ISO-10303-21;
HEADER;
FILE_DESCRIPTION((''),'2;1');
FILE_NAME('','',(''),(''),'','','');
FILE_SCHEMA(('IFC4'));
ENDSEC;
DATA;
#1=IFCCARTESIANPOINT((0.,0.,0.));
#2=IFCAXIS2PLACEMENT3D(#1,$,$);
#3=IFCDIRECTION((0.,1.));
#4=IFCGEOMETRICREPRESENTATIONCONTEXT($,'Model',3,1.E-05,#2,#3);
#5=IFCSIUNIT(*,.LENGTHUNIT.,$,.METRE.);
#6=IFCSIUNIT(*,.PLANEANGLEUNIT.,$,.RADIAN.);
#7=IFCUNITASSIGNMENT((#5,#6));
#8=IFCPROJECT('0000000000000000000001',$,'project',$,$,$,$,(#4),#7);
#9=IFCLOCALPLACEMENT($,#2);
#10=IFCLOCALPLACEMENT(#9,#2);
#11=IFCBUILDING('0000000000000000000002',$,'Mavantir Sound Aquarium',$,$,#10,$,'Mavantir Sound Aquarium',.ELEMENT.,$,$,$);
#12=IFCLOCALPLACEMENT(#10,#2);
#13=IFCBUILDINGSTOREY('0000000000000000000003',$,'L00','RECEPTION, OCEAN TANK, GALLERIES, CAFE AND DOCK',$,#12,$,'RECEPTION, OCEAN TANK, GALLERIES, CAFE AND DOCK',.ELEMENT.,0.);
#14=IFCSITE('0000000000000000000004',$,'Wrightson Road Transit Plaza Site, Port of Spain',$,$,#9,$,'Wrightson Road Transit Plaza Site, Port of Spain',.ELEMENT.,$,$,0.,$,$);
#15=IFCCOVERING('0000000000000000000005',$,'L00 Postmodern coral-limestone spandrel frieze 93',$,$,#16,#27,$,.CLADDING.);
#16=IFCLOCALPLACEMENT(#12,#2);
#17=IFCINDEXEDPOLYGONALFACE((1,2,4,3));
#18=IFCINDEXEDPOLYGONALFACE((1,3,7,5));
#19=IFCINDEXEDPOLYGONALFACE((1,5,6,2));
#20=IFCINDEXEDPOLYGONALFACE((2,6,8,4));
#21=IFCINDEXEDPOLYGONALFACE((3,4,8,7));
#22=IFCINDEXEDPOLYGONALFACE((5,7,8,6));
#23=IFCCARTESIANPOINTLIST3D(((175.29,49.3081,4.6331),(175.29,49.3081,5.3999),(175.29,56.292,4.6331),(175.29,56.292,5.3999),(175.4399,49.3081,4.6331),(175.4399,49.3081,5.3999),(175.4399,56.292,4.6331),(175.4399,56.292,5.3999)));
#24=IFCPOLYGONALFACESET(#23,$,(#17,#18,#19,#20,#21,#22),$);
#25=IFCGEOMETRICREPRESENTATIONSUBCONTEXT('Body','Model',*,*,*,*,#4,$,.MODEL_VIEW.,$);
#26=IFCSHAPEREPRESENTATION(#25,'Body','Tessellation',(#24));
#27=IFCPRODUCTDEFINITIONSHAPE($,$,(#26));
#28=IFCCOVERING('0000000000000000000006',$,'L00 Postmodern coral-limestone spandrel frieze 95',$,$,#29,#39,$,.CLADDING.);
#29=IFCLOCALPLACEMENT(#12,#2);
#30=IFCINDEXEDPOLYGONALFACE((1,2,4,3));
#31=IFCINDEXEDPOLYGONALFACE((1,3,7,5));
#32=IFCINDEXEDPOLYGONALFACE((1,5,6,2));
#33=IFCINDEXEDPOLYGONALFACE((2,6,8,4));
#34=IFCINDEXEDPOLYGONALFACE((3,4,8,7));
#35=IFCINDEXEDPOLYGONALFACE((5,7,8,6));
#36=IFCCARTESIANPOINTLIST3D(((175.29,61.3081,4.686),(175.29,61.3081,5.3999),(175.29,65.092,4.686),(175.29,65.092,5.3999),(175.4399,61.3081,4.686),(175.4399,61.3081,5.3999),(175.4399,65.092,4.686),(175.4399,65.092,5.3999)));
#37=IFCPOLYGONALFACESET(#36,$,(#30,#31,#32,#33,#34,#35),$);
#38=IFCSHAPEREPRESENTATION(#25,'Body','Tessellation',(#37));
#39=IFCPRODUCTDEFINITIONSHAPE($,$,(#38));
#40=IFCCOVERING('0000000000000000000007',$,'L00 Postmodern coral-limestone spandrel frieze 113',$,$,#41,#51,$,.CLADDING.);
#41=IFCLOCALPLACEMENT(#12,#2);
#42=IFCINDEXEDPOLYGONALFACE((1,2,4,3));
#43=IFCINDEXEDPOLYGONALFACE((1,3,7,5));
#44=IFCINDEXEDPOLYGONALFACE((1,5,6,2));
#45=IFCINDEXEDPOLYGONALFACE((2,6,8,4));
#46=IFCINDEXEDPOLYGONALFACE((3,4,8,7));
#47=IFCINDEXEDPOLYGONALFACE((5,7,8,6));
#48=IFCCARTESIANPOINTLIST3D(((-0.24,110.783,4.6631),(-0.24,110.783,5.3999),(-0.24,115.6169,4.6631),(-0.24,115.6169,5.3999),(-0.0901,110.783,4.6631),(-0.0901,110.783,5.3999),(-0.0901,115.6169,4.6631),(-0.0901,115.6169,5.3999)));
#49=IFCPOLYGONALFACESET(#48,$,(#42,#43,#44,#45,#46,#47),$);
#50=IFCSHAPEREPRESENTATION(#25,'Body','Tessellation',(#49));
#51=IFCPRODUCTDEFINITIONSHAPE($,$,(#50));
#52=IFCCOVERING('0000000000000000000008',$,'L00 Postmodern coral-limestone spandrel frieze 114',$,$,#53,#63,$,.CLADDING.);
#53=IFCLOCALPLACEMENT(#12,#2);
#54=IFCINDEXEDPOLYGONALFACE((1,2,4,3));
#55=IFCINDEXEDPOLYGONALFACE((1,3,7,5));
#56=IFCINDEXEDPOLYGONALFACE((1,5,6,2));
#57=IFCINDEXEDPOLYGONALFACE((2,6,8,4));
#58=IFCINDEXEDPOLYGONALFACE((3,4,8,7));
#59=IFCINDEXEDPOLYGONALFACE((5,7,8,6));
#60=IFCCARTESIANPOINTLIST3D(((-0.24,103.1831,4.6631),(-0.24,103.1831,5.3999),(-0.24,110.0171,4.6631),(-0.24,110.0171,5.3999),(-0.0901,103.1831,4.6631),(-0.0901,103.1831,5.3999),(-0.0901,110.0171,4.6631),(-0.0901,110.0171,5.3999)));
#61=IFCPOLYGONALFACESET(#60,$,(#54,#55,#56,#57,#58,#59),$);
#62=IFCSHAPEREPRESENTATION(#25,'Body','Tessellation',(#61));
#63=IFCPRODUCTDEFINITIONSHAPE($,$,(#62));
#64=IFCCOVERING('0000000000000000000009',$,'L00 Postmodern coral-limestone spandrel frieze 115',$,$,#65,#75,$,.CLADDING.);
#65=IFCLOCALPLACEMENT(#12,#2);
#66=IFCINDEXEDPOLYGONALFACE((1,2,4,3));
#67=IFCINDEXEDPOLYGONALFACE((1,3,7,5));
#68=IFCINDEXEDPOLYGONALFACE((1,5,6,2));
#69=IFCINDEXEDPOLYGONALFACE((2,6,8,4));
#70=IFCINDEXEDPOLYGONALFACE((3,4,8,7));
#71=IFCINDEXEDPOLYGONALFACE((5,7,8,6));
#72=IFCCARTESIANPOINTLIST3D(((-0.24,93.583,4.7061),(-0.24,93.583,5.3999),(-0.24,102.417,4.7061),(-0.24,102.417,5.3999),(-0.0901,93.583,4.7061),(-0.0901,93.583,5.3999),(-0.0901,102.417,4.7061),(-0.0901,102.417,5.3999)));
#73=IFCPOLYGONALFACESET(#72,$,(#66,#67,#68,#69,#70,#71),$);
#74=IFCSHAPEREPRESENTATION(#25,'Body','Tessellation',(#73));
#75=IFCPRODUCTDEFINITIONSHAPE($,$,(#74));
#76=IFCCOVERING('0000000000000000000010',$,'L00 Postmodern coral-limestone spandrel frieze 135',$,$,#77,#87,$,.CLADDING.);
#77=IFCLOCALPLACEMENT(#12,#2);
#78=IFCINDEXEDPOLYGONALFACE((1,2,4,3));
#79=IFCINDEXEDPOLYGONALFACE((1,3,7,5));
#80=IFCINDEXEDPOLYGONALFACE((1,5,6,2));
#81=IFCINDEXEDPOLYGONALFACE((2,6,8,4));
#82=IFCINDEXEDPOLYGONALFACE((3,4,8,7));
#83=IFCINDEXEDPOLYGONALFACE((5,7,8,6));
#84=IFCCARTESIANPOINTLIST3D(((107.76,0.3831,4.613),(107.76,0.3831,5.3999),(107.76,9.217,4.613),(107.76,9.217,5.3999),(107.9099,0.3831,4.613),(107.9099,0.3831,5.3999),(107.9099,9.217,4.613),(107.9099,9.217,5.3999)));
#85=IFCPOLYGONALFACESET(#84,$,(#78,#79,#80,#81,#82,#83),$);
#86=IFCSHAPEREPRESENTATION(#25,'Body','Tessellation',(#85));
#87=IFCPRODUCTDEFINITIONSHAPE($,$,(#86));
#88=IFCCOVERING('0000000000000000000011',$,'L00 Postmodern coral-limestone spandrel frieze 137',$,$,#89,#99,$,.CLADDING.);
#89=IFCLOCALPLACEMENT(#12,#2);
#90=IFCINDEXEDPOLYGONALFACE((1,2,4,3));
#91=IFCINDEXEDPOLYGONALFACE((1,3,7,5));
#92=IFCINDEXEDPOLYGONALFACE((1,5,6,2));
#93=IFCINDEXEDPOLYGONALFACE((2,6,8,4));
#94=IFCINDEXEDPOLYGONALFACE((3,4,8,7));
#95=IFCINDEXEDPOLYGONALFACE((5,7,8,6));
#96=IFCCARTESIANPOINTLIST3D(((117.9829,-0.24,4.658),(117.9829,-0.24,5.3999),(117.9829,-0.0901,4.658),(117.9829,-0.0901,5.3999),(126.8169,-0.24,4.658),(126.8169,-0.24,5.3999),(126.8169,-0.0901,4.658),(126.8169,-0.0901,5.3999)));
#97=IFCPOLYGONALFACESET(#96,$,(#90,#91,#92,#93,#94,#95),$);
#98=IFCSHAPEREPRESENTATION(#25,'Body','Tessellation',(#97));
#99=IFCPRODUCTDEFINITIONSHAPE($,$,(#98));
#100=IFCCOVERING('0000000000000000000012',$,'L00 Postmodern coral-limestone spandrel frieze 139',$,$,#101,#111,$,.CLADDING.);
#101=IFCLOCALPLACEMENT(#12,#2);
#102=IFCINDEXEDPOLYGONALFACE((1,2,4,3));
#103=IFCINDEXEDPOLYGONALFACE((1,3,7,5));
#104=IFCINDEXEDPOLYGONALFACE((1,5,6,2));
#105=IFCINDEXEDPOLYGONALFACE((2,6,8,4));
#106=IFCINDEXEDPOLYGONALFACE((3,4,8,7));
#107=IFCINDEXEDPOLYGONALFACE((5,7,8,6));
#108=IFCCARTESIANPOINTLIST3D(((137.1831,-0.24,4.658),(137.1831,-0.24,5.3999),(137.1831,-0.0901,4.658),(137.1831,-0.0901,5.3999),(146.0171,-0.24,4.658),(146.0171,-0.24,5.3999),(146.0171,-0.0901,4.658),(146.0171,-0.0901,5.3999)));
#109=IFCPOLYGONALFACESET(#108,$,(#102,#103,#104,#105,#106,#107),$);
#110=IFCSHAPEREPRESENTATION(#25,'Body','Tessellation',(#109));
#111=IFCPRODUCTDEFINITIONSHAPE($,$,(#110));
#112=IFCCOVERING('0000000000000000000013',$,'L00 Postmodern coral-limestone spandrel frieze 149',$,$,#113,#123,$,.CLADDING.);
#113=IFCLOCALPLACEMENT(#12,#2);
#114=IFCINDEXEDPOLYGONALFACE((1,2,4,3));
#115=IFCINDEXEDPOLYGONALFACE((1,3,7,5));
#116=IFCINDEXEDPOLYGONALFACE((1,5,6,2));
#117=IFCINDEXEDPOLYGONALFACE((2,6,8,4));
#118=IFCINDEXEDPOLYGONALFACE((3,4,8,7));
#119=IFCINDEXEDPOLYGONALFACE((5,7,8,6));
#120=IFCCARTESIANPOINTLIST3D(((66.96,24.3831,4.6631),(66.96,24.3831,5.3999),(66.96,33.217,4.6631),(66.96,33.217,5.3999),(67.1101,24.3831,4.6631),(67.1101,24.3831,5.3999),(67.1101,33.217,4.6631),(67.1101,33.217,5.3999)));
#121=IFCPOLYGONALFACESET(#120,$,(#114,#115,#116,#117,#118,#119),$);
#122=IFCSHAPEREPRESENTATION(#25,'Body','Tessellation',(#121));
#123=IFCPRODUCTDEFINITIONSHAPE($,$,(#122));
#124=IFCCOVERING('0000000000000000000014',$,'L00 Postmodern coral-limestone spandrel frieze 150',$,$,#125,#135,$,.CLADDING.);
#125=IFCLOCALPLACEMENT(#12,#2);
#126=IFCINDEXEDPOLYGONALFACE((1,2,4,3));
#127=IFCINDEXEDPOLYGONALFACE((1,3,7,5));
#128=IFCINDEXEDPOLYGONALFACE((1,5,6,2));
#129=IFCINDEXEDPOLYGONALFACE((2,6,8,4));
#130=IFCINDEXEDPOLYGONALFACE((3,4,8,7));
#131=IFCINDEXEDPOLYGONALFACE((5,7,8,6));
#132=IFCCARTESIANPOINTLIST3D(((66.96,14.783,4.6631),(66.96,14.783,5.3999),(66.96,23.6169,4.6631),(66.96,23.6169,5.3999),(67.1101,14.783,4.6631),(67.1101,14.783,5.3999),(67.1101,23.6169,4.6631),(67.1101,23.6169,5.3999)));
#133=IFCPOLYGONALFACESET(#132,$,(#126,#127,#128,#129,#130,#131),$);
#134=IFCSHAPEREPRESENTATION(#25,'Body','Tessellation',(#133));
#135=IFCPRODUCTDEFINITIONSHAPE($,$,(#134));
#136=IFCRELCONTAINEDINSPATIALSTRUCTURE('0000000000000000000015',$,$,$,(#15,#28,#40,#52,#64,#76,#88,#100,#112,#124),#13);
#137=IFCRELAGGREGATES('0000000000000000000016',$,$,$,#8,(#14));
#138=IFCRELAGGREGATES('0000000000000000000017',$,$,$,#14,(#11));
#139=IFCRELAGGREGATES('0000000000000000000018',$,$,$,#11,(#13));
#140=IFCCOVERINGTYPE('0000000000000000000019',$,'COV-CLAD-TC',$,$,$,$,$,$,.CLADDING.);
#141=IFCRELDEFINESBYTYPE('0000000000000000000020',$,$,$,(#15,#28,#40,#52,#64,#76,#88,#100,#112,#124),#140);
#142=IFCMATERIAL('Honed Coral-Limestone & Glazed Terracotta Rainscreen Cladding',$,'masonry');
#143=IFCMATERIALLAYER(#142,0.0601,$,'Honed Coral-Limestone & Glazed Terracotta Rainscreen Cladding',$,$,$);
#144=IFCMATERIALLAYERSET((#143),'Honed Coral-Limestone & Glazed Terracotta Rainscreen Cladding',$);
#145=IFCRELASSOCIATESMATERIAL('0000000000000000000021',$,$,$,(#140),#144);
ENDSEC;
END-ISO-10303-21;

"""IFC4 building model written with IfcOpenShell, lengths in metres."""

from ifc_helpers import new_model, si_unit, direction, frame, origin, place, context, subcontext, project, spatial, polyline, outline, extrude, material, layer, layer_set, type_object, element, save


model = new_model("IFC4")

# Units and contexts
model_context = context("Model", 3, precision=1e-05, world=origin(), true_north=direction((0.0, 1.0)))
body_context = subcontext(model_context, "Body", "Model", "MODEL_VIEW")
ifc_project = project(units=[si_unit("LENGTHUNIT", "METRE"), si_unit("PLANEANGLEUNIT", "RADIAN")], contexts=[model_context])

# Site, building, storey
site_placement = place(None, origin())
site = spatial("IfcSite", under=ifc_project, at=site_placement, Name="Wrightson Road Transit Plaza Site, Port of Spain", LongName="Wrightson Road Transit Plaza Site, Port of Spain", CompositionType="ELEMENT", RefElevation=0.0)
building_placement = place(site_placement, origin())
building = spatial("IfcBuilding", under=site, at=building_placement, Name="Mavantir Sound Aquarium", LongName="Mavantir Sound Aquarium", CompositionType="ELEMENT")
storey_placement = place(building_placement, origin())
storey = spatial("IfcBuildingStorey", under=building, at=storey_placement, Name="L00", Description="RECEPTION, OCEAN TANK, GALLERIES, CAFE AND DOCK", LongName="RECEPTION, OCEAN TANK, GALLERIES, CAFE AND DOCK", CompositionType="ELEMENT", Elevation=0.0)

# Coverings
ifc_material = material(Name="Honed Coral-Limestone & Glazed Terracotta Rainscreen Cladding", Category="masonry")
ifc_layer = layer(ifc_material, 0.0601, Name="Honed Coral-Limestone & Glazed Terracotta Rainscreen Cladding")
ifc_layer_set = layer_set([ifc_layer], Name="Honed Coral-Limestone & Glazed Terracotta Rainscreen Cladding")
covering_type = type_object("IfcCoveringType", Name="COV-CLAD-TC", PredefinedType="CLADDING", material=ifc_layer_set)
covering_1_placement = place(storey_placement, frame((0.0, 0.0, 4.6331)))
element("IfcCovering", 1, at=covering_1_placement, inside=storey, type_object=covering_type, Name="L00 Postmodern coral-limestone spandrel frieze 93", PredefinedType="CLADDING", context=body_context, shape_type="SweptSolid", body=[
    extrude(outline(polyline([(175.29, 49.3081), (175.29, 56.292), (175.4399, 56.292), (175.4399, 49.3081), (175.29, 49.3081)])), origin(), (0.0, 0.0, 1.0), 0.7668),
])
covering_2_placement = place(storey_placement, frame((0.0, 0.0, 4.686)))
element("IfcCovering", 2, at=covering_2_placement, inside=storey, type_object=covering_type, Name="L00 Postmodern coral-limestone spandrel frieze 95", PredefinedType="CLADDING", context=body_context, shape_type="SweptSolid", body=[
    extrude(outline(polyline([(175.29, 61.3081), (175.29, 65.092), (175.4399, 65.092), (175.4399, 61.3081), (175.29, 61.3081)])), origin(), (0.0, 0.0, 1.0), 0.7139),
])
covering_3_placement = place(storey_placement, frame((0.0, 0.0, 4.6631)))
element("IfcCovering", 3, at=covering_3_placement, inside=storey, type_object=covering_type, Name="L00 Postmodern coral-limestone spandrel frieze 113", PredefinedType="CLADDING", context=body_context, shape_type="SweptSolid", body=[
    extrude(outline(polyline([(-0.0901, 115.6169), (-0.0901, 110.783), (-0.24, 110.783), (-0.24, 115.6169), (-0.0901, 115.6169)])), origin(), (0.0, 0.0, 1.0), 0.7368),
])
covering_4_placement = place(storey_placement, frame((0.0, 0.0, 4.6631)))
element("IfcCovering", 4, at=covering_4_placement, inside=storey, type_object=covering_type, Name="L00 Postmodern coral-limestone spandrel frieze 114", PredefinedType="CLADDING", context=body_context, shape_type="SweptSolid", body=[
    extrude(outline(polyline([(-0.0901, 110.0171), (-0.0901, 103.1831), (-0.24, 103.1831), (-0.24, 110.0171), (-0.0901, 110.0171)])), origin(), (0.0, 0.0, 1.0), 0.7368),
])
covering_5_placement = place(storey_placement, frame((0.0, 0.0, 4.7061)))
element("IfcCovering", 5, at=covering_5_placement, inside=storey, type_object=covering_type, Name="L00 Postmodern coral-limestone spandrel frieze 115", PredefinedType="CLADDING", context=body_context, shape_type="SweptSolid", body=[
    extrude(outline(polyline([(-0.0901, 102.417), (-0.0901, 93.583), (-0.24, 93.583), (-0.24, 102.417), (-0.0901, 102.417)])), origin(), (0.0, 0.0, 1.0), 0.6938),
])
covering_6_placement = place(storey_placement, frame((0.0, 0.0, 4.613)))
element("IfcCovering", 6, at=covering_6_placement, inside=storey, type_object=covering_type, Name="L00 Postmodern coral-limestone spandrel frieze 135", PredefinedType="CLADDING", context=body_context, shape_type="SweptSolid", body=[
    extrude(outline(polyline([(107.9099, 9.217), (107.9099, 0.3831), (107.76, 0.3831), (107.76, 9.217), (107.9099, 9.217)])), origin(), (0.0, 0.0, 1.0), 0.7869),
])
covering_7_placement = place(storey_placement, frame((0.0, 0.0, 4.658)))
element("IfcCovering", 7, at=covering_7_placement, inside=storey, type_object=covering_type, Name="L00 Postmodern coral-limestone spandrel frieze 137", PredefinedType="CLADDING", context=body_context, shape_type="SweptSolid", body=[
    extrude(outline(polyline([(117.9829, -0.0901), (126.8169, -0.0901), (126.8169, -0.24), (117.9829, -0.24), (117.9829, -0.0901)])), origin(), (0.0, 0.0, 1.0), 0.7419),
])
covering_8_placement = place(storey_placement, frame((0.0, 0.0, 4.658)))
element("IfcCovering", 8, at=covering_8_placement, inside=storey, type_object=covering_type, Name="L00 Postmodern coral-limestone spandrel frieze 139", PredefinedType="CLADDING", context=body_context, shape_type="SweptSolid", body=[
    extrude(outline(polyline([(137.1831, -0.0901), (146.0171, -0.0901), (146.0171, -0.24), (137.1831, -0.24), (137.1831, -0.0901)])), origin(), (0.0, 0.0, 1.0), 0.7419),
])
covering_9_placement = place(storey_placement, frame((0.0, 0.0, 4.6631)))
element("IfcCovering", 9, at=covering_9_placement, inside=storey, type_object=covering_type, Name="L00 Postmodern coral-limestone spandrel frieze 149", PredefinedType="CLADDING", context=body_context, shape_type="SweptSolid", body=[
    extrude(outline(polyline([(67.1101, 33.217), (67.1101, 24.3831), (66.96, 24.3831), (66.96, 33.217), (67.1101, 33.217)])), origin(), (0.0, 0.0, 1.0), 0.7368),
])
covering_10_placement = place(storey_placement, frame((0.0, 0.0, 4.6631)))
element("IfcCovering", 10, at=covering_10_placement, inside=storey, type_object=covering_type, Name="L00 Postmodern coral-limestone spandrel frieze 150", PredefinedType="CLADDING", context=body_context, shape_type="SweptSolid", body=[
    extrude(outline(polyline([(67.1101, 23.6169), (67.1101, 14.783), (66.96, 14.783), (66.96, 23.6169), (67.1101, 23.6169)])), origin(), (0.0, 0.0, 1.0), 0.7368),
])

save(model, "model.ifc")
